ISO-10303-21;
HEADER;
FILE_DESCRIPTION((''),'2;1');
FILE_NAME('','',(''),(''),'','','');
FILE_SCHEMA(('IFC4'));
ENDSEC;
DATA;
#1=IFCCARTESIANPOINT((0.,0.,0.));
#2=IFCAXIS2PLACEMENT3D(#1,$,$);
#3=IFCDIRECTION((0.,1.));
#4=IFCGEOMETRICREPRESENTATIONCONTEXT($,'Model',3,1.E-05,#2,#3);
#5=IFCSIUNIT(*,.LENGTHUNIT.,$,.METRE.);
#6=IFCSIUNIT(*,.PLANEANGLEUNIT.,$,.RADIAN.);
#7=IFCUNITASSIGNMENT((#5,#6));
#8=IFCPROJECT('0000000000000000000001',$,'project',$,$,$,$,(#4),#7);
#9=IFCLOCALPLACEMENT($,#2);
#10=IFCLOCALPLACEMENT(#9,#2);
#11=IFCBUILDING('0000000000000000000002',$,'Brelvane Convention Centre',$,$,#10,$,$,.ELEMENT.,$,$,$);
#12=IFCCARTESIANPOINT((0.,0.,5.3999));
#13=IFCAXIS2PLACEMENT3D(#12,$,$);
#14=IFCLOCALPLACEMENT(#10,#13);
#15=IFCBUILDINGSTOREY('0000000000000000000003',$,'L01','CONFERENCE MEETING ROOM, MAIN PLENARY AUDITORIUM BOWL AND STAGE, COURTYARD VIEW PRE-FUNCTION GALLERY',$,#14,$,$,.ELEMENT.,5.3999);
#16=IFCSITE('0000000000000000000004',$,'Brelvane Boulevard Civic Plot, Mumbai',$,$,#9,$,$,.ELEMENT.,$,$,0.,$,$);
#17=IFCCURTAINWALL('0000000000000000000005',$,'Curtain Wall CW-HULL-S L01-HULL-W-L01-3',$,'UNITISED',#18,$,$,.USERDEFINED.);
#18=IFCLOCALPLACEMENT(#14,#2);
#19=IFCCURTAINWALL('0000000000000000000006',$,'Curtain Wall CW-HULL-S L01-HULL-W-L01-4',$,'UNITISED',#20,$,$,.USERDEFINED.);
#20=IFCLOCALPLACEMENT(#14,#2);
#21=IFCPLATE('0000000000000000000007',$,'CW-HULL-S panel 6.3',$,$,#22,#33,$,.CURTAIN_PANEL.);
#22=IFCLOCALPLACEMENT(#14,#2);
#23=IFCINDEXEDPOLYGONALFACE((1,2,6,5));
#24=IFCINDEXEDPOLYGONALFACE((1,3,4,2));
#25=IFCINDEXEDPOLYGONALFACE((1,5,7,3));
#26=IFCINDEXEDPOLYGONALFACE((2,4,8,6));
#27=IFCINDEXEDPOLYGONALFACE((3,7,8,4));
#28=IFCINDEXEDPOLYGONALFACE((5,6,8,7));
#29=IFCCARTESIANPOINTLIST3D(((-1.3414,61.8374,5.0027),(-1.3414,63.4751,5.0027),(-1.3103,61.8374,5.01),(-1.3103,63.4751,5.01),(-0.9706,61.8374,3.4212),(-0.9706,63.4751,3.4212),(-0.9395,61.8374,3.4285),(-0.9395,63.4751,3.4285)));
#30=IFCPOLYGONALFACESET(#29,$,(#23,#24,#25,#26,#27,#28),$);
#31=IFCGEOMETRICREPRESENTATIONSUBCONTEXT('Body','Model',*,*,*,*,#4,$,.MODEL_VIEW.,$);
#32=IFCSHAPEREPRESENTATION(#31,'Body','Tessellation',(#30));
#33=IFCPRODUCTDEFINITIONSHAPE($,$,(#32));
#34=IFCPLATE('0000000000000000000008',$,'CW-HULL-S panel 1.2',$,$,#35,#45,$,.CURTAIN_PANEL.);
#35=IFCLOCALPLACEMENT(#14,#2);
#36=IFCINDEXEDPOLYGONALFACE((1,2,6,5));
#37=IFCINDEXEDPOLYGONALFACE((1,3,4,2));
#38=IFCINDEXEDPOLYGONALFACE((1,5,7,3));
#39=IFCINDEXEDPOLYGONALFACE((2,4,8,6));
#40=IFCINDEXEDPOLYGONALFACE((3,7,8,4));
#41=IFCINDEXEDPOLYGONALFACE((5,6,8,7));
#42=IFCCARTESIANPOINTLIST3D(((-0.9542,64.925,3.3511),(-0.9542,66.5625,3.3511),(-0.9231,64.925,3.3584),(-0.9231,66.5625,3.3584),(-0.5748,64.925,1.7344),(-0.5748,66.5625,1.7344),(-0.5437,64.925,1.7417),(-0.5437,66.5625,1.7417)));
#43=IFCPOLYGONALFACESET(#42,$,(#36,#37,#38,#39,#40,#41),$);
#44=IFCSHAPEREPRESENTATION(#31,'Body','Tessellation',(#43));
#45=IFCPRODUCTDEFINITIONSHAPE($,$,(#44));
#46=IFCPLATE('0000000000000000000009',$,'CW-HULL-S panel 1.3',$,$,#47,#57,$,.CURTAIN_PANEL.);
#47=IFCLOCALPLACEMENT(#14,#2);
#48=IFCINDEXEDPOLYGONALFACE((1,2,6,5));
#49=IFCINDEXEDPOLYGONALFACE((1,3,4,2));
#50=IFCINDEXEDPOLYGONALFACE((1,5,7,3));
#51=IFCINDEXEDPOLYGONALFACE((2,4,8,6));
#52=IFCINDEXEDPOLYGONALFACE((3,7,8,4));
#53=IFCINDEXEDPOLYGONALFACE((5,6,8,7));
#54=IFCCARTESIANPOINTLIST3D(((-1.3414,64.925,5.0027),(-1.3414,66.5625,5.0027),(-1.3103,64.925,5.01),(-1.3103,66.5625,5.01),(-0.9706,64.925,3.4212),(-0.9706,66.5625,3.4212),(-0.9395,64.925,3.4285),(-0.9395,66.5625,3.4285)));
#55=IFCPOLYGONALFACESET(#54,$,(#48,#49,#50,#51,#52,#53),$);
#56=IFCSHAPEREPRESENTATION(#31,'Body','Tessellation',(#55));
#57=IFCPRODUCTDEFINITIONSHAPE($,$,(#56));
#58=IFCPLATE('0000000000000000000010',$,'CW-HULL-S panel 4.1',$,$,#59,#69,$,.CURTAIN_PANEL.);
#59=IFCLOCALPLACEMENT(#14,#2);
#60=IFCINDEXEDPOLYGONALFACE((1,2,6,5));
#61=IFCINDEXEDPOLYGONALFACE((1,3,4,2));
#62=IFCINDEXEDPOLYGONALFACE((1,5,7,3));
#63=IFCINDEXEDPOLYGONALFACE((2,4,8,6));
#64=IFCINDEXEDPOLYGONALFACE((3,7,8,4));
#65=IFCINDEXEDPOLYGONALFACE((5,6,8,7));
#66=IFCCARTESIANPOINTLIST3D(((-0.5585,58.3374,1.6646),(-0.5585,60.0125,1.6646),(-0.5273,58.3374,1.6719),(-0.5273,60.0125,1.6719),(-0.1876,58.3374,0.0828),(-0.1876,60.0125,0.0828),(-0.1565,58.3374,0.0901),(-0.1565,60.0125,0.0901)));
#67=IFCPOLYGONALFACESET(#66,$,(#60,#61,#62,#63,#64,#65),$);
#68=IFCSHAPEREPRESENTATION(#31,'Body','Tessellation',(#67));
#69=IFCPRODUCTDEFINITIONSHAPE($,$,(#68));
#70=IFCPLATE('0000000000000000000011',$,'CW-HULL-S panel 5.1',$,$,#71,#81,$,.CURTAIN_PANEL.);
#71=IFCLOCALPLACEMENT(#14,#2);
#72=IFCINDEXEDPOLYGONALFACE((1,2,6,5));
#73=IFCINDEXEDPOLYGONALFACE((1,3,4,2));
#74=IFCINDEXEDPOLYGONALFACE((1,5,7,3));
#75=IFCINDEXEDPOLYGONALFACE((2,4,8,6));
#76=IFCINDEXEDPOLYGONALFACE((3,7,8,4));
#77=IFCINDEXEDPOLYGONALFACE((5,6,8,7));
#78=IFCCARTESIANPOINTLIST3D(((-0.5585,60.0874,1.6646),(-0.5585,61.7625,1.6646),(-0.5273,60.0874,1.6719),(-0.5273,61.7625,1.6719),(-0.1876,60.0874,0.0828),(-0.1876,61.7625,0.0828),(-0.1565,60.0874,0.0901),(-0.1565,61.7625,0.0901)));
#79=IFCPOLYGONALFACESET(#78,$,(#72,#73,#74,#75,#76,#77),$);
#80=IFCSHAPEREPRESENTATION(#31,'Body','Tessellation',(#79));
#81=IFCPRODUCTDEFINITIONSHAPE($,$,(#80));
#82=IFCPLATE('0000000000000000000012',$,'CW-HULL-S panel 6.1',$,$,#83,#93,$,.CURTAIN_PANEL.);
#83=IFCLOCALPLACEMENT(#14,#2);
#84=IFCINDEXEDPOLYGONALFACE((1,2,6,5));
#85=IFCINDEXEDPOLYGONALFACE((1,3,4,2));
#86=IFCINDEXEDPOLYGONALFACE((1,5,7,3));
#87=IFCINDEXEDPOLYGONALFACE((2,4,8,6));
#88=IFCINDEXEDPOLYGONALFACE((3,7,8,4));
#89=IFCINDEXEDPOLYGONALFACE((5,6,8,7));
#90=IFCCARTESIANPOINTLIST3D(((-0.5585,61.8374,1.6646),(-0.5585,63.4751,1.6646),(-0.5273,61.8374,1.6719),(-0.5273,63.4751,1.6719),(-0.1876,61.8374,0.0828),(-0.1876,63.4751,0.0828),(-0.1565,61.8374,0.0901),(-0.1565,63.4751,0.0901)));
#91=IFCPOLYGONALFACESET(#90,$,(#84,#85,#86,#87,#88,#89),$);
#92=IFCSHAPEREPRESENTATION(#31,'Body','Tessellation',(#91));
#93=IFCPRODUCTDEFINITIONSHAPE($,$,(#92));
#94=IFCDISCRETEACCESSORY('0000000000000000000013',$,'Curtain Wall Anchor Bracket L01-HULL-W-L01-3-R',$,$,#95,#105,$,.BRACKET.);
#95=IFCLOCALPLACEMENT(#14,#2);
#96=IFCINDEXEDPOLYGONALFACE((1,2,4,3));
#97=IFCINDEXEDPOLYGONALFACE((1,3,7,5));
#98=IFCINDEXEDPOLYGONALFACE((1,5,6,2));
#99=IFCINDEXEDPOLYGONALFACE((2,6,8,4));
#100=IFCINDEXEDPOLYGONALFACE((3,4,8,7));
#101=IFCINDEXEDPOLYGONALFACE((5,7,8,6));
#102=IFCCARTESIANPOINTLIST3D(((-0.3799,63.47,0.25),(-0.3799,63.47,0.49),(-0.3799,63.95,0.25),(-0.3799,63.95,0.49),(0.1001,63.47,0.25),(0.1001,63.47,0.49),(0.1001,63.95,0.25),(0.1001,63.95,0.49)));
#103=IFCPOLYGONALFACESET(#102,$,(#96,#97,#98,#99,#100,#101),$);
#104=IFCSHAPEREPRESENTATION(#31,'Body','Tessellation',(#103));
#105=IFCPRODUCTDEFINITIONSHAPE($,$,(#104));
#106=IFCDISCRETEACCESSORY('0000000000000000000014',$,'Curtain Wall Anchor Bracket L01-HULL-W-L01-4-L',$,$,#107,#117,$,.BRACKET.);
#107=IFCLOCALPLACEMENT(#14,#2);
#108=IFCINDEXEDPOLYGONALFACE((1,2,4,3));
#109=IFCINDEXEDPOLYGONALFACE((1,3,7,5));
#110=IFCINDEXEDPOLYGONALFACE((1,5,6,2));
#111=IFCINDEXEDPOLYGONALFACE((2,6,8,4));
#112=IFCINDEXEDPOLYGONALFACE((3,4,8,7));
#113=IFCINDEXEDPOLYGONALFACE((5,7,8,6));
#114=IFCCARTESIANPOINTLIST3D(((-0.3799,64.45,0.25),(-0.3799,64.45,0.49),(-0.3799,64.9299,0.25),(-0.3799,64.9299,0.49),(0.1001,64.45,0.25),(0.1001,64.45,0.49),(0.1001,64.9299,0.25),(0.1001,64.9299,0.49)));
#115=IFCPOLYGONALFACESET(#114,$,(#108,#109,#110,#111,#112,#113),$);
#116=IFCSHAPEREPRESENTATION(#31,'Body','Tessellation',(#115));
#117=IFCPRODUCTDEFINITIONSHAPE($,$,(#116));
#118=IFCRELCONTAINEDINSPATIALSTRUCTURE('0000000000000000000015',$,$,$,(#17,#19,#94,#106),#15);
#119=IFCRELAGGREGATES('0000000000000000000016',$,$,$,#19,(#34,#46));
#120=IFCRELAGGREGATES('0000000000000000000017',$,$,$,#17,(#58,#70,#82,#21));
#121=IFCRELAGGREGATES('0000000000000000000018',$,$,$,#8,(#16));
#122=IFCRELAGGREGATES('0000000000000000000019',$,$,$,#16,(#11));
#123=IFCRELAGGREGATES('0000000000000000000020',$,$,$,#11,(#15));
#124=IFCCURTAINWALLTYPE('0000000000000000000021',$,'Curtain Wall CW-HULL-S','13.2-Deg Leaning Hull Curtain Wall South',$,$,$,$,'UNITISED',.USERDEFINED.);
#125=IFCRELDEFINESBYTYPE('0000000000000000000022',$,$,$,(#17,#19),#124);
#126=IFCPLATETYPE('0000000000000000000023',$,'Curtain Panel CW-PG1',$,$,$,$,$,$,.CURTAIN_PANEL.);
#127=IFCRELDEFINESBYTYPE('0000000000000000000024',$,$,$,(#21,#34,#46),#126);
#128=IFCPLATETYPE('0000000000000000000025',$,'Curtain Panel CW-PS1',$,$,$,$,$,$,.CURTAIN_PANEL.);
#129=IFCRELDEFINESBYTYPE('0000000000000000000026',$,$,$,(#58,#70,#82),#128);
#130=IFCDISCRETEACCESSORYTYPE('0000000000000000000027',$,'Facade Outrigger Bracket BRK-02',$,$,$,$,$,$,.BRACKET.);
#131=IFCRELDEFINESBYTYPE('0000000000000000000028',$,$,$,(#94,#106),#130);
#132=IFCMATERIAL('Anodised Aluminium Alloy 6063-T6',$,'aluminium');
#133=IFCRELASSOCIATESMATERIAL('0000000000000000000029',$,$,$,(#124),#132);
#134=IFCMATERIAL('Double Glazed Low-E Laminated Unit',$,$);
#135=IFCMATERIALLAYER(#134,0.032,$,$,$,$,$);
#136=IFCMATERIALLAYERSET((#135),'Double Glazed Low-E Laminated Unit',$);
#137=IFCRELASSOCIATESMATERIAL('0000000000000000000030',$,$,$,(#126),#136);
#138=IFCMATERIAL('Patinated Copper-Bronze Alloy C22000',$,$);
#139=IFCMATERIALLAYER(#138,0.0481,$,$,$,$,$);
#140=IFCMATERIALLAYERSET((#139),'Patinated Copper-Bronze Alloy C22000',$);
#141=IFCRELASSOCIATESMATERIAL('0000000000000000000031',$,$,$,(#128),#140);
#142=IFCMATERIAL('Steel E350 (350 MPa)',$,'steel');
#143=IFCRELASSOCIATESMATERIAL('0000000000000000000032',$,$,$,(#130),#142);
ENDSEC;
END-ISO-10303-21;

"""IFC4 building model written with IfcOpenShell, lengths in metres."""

from ifc_helpers import new_model, si_unit, direction, frame, origin, origin_2d, place, context, subcontext, project, spatial, polyline, rectangle, outline, extrude, material, layer, layer_set, type_object, element, aggregate, save


model = new_model("IFC4")

# Units and contexts
model_context = context("Model", 3, precision=1e-05, world=origin(), true_north=direction((0.0, 1.0)))
body_context = subcontext(model_context, "Body", "Model", "MODEL_VIEW")
ifc_project = project(units=[si_unit("LENGTHUNIT", "METRE"), si_unit("PLANEANGLEUNIT", "RADIAN")], contexts=[model_context])

# Site, building, storey
site_placement = place(None, origin())
site = spatial("IfcSite", under=ifc_project, at=site_placement, Name="Brelvane Boulevard Civic Plot, Mumbai", CompositionType="ELEMENT", RefElevation=0.0)
building_placement = place(site_placement, origin())
building = spatial("IfcBuilding", under=site, at=building_placement, Name="Brelvane Convention Centre", CompositionType="ELEMENT")
storey_placement = place(building_placement, frame((0.0, 0.0, 5.3999)))
storey = spatial("IfcBuildingStorey", under=building, at=storey_placement, Name="L01", Description="CONFERENCE MEETING ROOM, MAIN PLENARY AUDITORIUM BOWL AND STAGE, COURTYARD VIEW PRE-FUNCTION GALLERY", CompositionType="ELEMENT", Elevation=5.3999)

# Curtain wall
ifc_material_1 = material(Name="Anodised Aluminium Alloy 6063-T6", Category="aluminium")
curtain_wall_type = type_object("IfcCurtainWallType", Name="Curtain Wall CW-HULL-S", Description="13.2-Deg Leaning Hull Curtain Wall South", ElementType="UNITISED", PredefinedType="USERDEFINED", material=ifc_material_1)
curtain_wall_1_placement = place(storey_placement, origin())
curtain_wall_1 = element("IfcCurtainWall", 1, at=curtain_wall_1_placement, inside=storey, type_object=curtain_wall_type, Name="Curtain Wall CW-HULL-S L01-HULL-W-L01-3", ObjectType="UNITISED", PredefinedType="USERDEFINED")

# Curtain wall
curtain_wall_2_placement = place(storey_placement, origin())
curtain_wall_2 = element("IfcCurtainWall", 2, at=curtain_wall_2_placement, inside=storey, type_object=curtain_wall_type, Name="Curtain Wall CW-HULL-S L01-HULL-W-L01-4", ObjectType="UNITISED", PredefinedType="USERDEFINED")

# Plates
ifc_material_2 = material(Name="Double Glazed Low-E Laminated Unit")
ifc_layer_1 = layer(ifc_material_2, 0.032)
ifc_layer_set_1 = layer_set([ifc_layer_1], Name="Double Glazed Low-E Laminated Unit")
plate_type_1 = type_object("IfcPlateType", Name="Curtain Panel CW-PG1", PredefinedType="CURTAIN_PANEL", material=ifc_layer_set_1)
plate_1_placement = place(storey_placement, frame((-0.9395, 61.8374, 3.4285), z_axis=(0.973592, 0.0, 0.228294), x_axis=(0.0, 1.0, 0.0)))
plate_1 = element("IfcPlate", 3, at=plate_1_placement, type_object=plate_type_1, Name="CW-HULL-S panel 6.3", PredefinedType="CURTAIN_PANEL", context=body_context, shape_type="SweptSolid", body=[
    extrude(outline(polyline([(0.0, 0.0), (1.6377, 0.0), (1.6377, 1.6244), (0.0, 1.6244), (0.0, 0.0)])), origin(), (0.0, 0.0, -1.0), 0.032),
])
plate_2_placement = place(storey_placement, frame((-0.5437, 64.925, 1.7417), z_axis=(0.973552, 0.0, 0.228466), x_axis=(0.0, 1.0, 0.0)))
plate_2 = element("IfcPlate", 4, at=plate_2_placement, type_object=plate_type_1, Name="CW-HULL-S panel 1.2", PredefinedType="CURTAIN_PANEL", context=body_context, shape_type="SweptSolid", body=[
    extrude(outline(polyline([(0.0, 0.0), (1.6375, 0.0), (1.6375, 1.6606), (0.0, 1.6606), (0.0, 0.0)])), origin(), (0.0, 0.0, -1.0), 0.032),
])
plate_3_placement = place(storey_placement, frame((-0.9395, 64.925, 3.4285), z_axis=(0.973592, 0.0, 0.228294), x_axis=(0.0, 1.0, 0.0)))
plate_3 = element("IfcPlate", 5, at=plate_3_placement, type_object=plate_type_1, Name="CW-HULL-S panel 1.3", PredefinedType="CURTAIN_PANEL", context=body_context, shape_type="SweptSolid", body=[
    extrude(outline(polyline([(0.0, 0.0), (1.6375, 0.0), (1.6375, 1.6244), (0.0, 1.6244), (0.0, 0.0)])), origin(), (0.0, 0.0, -1.0), 0.032),
])
aggregate(curtain_wall_2, [plate_2, plate_3])
ifc_material_3 = material(Name="Patinated Copper-Bronze Alloy C22000")
ifc_layer_2 = layer(ifc_material_3, 0.0481)
ifc_layer_set_2 = layer_set([ifc_layer_2], Name="Patinated Copper-Bronze Alloy C22000")
plate_type_2 = type_object("IfcPlateType", Name="Curtain Panel CW-PS1", PredefinedType="CURTAIN_PANEL", material=ifc_layer_set_2)
plate_4_placement = place(storey_placement, frame((-0.1565, 58.3374, 0.0901), z_axis=(0.9736, 0.0, 0.22826), x_axis=(0.0, 1.0, 0.0)))
plate_4 = element("IfcPlate", 6, at=plate_4_placement, type_object=plate_type_2, Name="CW-HULL-S panel 4.1", PredefinedType="CURTAIN_PANEL", context=body_context, shape_type="SweptSolid", body=[
    extrude(outline(polyline([(0.0, 0.0), (1.675, 0.0), (1.675, 1.6247), (0.0, 1.6247), (0.0, 0.0)])), origin(), (0.0, 0.0, -1.0), 0.032),
])
plate_5_placement = place(storey_placement, frame((-0.1565, 60.0874, 0.0901), z_axis=(0.9736, 0.0, 0.22826), x_axis=(0.0, 1.0, 0.0)))
plate_5 = element("IfcPlate", 7, at=plate_5_placement, type_object=plate_type_2, Name="CW-HULL-S panel 5.1", PredefinedType="CURTAIN_PANEL", context=body_context, shape_type="SweptSolid", body=[
    extrude(outline(polyline([(0.0, 0.0), (1.675, 0.0), (1.675, 1.6247), (0.0, 1.6247), (0.0, 0.0)])), origin(), (0.0, 0.0, -1.0), 0.032),
])
plate_6_placement = place(storey_placement, frame((-0.1565, 61.8374, 0.0901), z_axis=(0.9736, 0.0, 0.22826), x_axis=(0.0, 1.0, 0.0)))
plate_6 = element("IfcPlate", 8, at=plate_6_placement, type_object=plate_type_2, Name="CW-HULL-S panel 6.1", PredefinedType="CURTAIN_PANEL", context=body_context, shape_type="SweptSolid", body=[
    extrude(outline(polyline([(0.0, 0.0), (1.6377, 0.0), (1.6377, 1.6247), (0.0, 1.6247), (0.0, 0.0)])), origin(), (0.0, 0.0, -1.0), 0.032),
])
aggregate(curtain_wall_1, [plate_4, plate_5, plate_6, plate_1])

# Discrete accessories
ifc_material_4 = material(Name="Steel E350 (350 MPa)", Category="steel")
discrete_accessory_type = type_object("IfcDiscreteAccessoryType", Name="Facade Outrigger Bracket BRK-02", PredefinedType="BRACKET", material=ifc_material_4)
for number, where, z_axis, x_axis, name in (
    (9, (-0.1399, 63.71, 0.25), (0.0, 0.0, 1.0), (1.0, 0.0, 0.0), "Curtain Wall Anchor Bracket L01-HULL-W-L01-3-R"),
    (10, (-0.1399, 64.6899, 0.25), (0.0, 0.0, 1.0), (1.0, 0.0, 0.0), "Curtain Wall Anchor Bracket L01-HULL-W-L01-4-L"),
):
    element("IfcDiscreteAccessory", number, at=place(storey_placement, frame(where, z_axis=z_axis, x_axis=x_axis)), inside=storey, type_object=discrete_accessory_type, Name=name, PredefinedType="BRACKET", context=body_context, shape_type="SweptSolid", body=[
        extrude(rectangle(XDim=0.48, YDim=0.48, at=origin_2d()), origin(), (0.0, 0.0, 1.0), 0.24),
    ])

save(model, "model.ifc")
